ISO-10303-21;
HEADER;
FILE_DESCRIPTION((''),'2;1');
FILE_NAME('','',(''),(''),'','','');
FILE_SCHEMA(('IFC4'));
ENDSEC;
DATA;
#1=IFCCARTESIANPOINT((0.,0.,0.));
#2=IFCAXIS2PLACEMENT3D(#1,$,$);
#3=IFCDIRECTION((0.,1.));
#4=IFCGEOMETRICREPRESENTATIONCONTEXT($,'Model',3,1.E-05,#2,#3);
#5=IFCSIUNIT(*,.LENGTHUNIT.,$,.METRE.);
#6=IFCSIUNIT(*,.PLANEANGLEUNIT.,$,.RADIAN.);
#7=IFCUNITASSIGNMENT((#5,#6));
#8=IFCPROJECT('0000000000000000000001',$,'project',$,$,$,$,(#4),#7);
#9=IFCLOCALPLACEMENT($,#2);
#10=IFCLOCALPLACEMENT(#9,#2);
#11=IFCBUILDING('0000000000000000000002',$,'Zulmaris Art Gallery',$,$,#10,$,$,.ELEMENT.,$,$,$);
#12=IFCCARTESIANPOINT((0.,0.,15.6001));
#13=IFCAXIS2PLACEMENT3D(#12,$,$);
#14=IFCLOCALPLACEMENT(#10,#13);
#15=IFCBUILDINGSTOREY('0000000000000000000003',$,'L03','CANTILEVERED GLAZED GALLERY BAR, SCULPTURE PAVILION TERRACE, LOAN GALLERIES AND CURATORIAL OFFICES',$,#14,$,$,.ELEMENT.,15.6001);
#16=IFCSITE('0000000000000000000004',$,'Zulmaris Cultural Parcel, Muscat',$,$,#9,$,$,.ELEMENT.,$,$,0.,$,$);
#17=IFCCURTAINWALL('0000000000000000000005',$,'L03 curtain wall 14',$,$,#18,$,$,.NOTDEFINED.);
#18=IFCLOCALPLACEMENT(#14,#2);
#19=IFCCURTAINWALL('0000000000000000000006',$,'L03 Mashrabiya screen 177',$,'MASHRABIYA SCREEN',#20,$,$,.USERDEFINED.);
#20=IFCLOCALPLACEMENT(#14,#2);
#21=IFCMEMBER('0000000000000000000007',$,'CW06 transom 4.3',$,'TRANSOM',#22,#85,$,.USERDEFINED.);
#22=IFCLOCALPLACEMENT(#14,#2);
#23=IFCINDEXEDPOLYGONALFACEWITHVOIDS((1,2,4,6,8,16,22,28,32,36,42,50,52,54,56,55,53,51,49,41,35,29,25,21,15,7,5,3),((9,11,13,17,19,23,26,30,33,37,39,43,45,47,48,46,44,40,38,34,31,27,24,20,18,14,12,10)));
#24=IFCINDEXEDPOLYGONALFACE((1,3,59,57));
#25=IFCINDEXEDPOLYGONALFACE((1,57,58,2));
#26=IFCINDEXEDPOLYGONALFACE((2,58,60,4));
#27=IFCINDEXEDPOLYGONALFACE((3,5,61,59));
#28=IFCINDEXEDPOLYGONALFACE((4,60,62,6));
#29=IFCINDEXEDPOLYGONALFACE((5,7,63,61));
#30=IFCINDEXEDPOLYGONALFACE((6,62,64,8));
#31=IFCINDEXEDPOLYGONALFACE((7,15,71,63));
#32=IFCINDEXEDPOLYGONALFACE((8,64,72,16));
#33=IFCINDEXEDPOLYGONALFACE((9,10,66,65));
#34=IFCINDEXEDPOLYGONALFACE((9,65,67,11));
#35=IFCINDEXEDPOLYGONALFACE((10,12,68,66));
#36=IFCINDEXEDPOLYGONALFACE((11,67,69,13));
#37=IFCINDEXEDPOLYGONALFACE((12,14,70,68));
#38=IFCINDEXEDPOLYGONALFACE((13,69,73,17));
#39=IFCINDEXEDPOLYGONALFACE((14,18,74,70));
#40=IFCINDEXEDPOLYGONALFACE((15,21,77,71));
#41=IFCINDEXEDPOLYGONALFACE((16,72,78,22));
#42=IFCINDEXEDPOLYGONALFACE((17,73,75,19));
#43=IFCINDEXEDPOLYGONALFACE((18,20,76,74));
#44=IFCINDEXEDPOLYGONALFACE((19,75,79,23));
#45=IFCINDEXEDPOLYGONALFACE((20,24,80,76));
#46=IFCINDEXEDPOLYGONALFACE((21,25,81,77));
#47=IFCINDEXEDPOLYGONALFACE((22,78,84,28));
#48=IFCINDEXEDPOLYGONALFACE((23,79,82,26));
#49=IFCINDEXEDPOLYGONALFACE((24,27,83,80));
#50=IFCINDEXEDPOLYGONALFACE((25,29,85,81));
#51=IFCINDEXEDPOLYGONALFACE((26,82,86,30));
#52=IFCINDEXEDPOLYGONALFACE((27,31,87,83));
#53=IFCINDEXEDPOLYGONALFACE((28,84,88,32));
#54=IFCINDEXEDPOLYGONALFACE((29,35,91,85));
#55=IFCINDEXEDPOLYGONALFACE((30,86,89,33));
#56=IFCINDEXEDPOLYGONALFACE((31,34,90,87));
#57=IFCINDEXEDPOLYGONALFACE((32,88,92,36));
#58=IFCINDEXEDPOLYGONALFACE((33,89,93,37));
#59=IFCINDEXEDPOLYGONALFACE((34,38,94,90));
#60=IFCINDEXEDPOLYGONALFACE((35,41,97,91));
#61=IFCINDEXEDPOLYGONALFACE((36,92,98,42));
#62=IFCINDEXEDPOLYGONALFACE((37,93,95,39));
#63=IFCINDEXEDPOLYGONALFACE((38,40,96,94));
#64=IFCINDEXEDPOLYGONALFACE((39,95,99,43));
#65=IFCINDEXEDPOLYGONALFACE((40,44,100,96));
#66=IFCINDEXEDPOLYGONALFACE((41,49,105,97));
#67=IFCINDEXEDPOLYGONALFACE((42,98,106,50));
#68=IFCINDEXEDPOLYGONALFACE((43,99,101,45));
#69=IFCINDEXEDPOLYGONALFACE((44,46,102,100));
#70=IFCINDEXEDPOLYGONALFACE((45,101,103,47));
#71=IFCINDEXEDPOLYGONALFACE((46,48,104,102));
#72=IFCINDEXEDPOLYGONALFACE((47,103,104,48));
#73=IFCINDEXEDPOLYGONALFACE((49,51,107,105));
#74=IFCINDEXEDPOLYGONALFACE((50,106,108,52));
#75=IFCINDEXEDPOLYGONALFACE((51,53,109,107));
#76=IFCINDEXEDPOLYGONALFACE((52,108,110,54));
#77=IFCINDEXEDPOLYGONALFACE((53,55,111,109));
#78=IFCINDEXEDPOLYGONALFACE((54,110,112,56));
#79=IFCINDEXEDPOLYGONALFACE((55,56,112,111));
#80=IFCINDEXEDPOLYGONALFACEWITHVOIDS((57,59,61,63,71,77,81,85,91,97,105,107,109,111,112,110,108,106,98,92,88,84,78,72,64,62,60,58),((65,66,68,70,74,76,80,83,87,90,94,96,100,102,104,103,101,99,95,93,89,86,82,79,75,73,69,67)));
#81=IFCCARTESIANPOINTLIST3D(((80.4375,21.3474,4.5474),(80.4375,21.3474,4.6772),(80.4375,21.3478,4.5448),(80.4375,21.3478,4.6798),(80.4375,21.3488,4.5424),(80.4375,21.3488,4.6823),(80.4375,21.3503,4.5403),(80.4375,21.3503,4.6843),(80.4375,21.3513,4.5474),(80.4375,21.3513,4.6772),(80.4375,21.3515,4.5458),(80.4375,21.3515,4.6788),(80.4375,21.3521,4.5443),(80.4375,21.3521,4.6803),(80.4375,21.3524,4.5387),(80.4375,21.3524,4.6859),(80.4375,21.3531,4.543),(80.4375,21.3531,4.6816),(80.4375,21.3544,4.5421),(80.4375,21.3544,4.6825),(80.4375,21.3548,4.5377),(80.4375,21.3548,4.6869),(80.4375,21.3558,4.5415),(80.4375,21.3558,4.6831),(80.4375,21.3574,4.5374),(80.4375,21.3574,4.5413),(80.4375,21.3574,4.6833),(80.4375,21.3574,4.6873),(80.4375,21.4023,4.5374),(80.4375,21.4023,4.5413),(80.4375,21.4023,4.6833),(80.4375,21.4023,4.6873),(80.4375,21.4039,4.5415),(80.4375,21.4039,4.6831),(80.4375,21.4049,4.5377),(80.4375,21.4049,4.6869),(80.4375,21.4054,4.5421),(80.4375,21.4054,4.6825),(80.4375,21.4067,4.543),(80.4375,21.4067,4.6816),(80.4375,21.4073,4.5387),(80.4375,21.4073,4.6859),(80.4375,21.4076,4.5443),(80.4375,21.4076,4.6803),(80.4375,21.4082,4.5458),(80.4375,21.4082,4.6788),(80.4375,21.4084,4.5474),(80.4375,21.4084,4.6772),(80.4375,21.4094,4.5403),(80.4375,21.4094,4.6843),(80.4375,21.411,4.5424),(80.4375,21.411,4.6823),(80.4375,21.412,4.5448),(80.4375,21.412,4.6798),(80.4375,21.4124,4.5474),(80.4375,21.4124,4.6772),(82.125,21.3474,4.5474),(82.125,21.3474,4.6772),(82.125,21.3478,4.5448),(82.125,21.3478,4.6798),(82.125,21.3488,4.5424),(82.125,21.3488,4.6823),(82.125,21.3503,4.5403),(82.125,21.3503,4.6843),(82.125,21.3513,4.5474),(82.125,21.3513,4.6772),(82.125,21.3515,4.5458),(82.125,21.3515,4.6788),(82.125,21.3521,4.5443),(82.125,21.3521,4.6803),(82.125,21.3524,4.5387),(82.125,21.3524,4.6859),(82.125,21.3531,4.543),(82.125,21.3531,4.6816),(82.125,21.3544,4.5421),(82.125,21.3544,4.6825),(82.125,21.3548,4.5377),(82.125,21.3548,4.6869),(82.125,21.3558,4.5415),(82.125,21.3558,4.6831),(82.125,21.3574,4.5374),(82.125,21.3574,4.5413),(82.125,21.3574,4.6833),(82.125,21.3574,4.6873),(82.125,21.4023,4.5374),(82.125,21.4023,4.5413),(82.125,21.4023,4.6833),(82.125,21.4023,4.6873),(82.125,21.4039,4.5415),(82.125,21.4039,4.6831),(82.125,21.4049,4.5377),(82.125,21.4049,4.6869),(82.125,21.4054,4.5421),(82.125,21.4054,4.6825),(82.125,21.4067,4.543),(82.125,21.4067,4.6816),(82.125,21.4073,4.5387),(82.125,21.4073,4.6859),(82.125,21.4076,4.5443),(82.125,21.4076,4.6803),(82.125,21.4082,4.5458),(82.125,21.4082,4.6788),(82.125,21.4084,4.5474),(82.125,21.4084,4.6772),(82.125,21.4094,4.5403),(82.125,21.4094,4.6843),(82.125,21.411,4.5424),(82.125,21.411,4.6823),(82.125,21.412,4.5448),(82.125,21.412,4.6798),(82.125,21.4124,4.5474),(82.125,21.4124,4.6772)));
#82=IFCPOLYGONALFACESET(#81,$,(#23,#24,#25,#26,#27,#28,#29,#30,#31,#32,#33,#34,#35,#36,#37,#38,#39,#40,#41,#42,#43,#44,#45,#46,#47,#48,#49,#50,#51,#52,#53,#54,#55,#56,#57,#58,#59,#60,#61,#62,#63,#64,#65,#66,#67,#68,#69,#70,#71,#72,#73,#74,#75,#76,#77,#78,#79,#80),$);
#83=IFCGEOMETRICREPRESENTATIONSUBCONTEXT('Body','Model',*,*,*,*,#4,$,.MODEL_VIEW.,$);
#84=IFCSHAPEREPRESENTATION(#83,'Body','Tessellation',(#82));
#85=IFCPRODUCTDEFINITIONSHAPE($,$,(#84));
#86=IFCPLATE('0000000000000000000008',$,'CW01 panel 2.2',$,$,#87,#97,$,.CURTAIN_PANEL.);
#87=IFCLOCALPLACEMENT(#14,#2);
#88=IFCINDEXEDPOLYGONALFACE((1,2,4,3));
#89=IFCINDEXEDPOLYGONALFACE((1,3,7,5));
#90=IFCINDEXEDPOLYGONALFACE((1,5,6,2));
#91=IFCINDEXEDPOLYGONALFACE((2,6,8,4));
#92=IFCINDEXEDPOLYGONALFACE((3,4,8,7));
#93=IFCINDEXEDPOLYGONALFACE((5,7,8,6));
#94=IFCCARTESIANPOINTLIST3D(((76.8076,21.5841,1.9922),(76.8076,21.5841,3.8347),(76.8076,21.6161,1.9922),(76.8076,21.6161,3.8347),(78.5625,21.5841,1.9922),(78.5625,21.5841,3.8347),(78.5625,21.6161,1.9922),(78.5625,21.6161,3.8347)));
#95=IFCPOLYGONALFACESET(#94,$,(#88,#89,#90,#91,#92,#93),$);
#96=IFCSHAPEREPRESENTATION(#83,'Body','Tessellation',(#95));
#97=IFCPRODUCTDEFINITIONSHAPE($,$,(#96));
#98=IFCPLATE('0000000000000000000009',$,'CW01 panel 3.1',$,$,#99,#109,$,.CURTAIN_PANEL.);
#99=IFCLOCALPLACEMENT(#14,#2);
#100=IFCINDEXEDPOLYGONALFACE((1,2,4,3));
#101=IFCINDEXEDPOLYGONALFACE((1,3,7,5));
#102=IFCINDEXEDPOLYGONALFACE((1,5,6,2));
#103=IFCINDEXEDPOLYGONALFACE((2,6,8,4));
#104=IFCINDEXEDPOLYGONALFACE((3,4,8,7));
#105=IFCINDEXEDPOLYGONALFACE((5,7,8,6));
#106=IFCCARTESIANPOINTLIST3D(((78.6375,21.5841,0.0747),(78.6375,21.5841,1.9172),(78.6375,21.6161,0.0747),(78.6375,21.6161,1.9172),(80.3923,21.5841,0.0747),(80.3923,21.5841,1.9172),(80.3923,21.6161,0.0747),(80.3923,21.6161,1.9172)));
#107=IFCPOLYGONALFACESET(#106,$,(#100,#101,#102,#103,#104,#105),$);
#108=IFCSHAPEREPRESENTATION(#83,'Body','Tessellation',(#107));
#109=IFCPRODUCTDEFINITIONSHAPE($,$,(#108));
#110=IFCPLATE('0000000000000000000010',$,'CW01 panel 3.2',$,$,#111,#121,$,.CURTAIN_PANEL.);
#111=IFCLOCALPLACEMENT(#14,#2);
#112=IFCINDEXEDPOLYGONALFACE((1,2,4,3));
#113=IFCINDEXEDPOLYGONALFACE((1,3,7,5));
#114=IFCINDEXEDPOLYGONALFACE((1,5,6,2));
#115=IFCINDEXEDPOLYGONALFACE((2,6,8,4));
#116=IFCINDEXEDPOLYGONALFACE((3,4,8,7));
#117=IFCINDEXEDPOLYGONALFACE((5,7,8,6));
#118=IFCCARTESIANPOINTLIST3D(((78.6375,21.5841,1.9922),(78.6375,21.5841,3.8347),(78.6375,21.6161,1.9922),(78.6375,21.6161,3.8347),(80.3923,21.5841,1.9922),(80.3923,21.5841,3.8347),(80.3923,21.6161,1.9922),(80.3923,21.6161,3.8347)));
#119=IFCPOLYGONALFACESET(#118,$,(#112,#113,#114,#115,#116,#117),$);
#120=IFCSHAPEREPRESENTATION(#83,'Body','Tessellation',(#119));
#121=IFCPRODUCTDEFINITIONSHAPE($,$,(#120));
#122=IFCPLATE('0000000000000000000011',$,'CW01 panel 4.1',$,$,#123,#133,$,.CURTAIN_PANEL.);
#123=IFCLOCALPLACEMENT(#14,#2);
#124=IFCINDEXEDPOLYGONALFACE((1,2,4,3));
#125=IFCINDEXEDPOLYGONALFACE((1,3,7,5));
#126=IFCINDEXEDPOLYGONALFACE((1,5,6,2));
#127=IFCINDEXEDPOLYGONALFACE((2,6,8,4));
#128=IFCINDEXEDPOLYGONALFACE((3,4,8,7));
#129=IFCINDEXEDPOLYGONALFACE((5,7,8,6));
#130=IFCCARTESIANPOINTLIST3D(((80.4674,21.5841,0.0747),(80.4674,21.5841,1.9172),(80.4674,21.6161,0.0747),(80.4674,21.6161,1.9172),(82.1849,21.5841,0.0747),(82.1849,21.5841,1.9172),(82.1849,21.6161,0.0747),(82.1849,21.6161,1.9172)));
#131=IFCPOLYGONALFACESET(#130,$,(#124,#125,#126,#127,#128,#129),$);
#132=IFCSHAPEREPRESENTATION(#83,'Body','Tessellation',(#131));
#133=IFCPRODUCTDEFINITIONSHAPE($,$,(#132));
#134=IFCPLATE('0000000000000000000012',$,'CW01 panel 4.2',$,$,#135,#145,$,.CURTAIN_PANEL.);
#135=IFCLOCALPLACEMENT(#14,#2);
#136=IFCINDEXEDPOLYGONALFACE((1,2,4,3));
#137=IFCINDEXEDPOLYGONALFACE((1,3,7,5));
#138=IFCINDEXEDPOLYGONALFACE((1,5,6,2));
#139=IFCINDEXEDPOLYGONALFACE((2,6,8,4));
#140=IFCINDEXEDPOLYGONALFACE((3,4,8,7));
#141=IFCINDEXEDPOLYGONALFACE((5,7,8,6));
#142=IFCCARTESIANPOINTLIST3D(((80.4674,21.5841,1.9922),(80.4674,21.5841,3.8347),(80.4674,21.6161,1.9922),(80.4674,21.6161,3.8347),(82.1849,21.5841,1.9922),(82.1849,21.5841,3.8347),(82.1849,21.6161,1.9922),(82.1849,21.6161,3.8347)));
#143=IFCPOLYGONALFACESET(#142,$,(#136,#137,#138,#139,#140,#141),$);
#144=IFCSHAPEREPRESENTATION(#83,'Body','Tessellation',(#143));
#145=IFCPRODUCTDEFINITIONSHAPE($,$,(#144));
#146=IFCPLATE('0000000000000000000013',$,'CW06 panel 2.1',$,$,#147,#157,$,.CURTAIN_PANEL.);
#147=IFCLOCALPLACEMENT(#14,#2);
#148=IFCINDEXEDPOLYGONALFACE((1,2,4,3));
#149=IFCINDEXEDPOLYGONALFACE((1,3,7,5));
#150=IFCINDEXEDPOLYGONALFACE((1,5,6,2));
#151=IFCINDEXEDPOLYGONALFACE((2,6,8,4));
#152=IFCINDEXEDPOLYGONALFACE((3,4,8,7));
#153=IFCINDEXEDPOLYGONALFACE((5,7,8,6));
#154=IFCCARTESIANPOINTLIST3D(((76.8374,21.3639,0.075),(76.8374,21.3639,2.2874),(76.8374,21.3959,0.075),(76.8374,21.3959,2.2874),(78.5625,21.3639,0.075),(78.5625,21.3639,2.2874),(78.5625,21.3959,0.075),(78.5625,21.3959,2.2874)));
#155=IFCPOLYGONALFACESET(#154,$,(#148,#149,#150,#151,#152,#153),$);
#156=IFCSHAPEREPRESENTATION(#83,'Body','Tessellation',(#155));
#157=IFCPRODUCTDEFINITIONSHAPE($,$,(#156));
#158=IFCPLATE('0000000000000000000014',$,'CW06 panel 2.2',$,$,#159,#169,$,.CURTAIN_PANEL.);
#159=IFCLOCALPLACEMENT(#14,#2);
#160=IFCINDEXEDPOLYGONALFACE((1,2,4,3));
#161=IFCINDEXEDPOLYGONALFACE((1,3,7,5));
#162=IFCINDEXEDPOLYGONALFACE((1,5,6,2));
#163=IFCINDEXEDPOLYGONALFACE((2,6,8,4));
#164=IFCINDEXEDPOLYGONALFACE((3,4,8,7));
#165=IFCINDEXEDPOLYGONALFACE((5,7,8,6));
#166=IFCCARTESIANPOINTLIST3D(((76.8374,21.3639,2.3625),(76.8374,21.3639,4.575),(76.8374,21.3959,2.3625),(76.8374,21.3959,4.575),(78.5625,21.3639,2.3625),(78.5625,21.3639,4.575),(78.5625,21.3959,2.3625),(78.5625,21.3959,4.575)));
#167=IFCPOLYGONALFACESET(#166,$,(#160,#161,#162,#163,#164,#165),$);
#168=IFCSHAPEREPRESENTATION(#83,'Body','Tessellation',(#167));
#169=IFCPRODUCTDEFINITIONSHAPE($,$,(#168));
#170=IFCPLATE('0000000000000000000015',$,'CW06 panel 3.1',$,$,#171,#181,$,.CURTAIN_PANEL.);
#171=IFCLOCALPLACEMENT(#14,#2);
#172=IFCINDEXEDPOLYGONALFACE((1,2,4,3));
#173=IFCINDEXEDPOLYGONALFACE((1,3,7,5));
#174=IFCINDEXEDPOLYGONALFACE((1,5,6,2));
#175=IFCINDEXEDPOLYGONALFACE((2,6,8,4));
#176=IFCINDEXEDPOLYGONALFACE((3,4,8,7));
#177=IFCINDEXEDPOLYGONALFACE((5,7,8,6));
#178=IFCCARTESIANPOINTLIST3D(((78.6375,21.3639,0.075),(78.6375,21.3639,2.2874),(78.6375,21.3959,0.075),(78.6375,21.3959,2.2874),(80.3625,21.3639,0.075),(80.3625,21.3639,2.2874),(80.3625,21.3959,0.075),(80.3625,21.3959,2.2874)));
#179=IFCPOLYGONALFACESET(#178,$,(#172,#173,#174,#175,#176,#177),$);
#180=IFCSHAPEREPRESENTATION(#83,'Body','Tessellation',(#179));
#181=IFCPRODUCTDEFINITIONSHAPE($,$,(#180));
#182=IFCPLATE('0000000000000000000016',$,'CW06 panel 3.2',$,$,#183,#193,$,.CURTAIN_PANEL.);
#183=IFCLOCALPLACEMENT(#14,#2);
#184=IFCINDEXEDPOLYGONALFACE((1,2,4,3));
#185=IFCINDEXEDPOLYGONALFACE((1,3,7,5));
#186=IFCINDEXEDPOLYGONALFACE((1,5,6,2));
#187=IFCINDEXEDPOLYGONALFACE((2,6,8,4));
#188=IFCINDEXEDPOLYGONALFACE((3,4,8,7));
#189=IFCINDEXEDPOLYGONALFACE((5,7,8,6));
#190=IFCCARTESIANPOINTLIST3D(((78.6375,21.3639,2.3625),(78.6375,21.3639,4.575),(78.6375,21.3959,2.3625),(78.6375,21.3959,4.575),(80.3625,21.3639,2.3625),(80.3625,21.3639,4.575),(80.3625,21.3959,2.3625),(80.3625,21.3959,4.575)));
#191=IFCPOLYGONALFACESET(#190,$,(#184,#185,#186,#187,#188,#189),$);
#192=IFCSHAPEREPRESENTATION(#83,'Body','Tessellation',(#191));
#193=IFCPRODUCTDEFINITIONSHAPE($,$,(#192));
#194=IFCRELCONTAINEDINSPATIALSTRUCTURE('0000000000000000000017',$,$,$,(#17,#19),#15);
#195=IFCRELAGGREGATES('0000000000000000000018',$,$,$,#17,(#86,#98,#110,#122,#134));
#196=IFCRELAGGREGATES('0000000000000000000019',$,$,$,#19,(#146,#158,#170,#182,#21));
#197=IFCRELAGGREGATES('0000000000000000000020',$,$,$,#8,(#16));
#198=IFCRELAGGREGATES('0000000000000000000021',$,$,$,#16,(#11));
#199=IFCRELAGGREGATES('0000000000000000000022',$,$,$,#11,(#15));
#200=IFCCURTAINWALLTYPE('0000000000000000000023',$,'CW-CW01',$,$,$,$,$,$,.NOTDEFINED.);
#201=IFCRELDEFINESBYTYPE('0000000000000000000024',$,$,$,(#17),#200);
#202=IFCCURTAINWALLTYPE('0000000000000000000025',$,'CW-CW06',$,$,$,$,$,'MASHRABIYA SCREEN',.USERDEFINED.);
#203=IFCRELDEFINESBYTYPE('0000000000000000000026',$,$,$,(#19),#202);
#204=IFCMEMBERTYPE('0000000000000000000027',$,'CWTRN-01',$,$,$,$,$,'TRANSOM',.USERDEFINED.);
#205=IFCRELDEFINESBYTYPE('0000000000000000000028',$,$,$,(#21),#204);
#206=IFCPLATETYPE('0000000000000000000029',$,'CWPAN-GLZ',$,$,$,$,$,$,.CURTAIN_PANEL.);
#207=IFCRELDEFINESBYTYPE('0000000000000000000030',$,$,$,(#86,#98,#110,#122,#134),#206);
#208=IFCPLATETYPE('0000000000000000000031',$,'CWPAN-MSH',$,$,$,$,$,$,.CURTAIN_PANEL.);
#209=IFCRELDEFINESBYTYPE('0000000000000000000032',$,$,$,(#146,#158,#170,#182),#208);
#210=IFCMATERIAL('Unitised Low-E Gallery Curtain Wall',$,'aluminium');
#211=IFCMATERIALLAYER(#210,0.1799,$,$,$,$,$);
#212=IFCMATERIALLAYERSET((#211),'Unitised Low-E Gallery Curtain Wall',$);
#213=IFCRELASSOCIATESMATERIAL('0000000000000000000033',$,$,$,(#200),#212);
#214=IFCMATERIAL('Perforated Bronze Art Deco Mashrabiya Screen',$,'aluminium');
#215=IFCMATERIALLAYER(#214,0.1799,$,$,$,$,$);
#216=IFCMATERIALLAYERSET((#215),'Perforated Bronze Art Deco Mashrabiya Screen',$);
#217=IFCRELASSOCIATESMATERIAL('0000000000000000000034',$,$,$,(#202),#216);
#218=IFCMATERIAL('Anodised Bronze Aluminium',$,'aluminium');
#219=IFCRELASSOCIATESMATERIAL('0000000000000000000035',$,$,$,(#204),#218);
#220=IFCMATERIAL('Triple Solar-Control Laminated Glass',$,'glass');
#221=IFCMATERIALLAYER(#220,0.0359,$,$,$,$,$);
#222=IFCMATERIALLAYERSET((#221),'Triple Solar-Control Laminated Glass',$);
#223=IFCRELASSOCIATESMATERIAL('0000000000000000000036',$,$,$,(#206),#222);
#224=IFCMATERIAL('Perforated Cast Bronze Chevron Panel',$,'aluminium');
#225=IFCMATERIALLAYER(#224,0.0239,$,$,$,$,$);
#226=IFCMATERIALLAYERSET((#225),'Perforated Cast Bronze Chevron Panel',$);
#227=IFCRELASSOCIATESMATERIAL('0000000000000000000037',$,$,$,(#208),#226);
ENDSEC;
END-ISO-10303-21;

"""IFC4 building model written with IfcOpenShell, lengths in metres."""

from ifc_helpers import new_model, si_unit, direction, frame, origin, origin_2d, place, context, subcontext, project, spatial, rectangle, hollow_rectangle, extrude, material, layer, layer_set, material_profile, profile_set, type_object, element, aggregate, save


model = new_model("IFC4")

# Units and contexts
model_context = context("Model", 3, precision=1e-05, world=origin(), true_north=direction((0.0, 1.0)))
body_context = subcontext(model_context, "Body", "Model", "MODEL_VIEW")
ifc_project = project(units=[si_unit("LENGTHUNIT", "METRE"), si_unit("PLANEANGLEUNIT", "RADIAN")], contexts=[model_context])

# Site, building, storey
site_placement = place(None, origin())
site = spatial("IfcSite", under=ifc_project, at=site_placement, Name="Zulmaris Cultural Parcel, Muscat", CompositionType="ELEMENT", RefElevation=0.0)
building_placement = place(site_placement, origin())
building = spatial("IfcBuilding", under=site, at=building_placement, Name="Zulmaris Art Gallery", CompositionType="ELEMENT")
storey_placement = place(building_placement, frame((0.0, 0.0, 15.6001)))
storey = spatial("IfcBuildingStorey", under=building, at=storey_placement, Name="L03", Description="CANTILEVERED GLAZED GALLERY BAR, SCULPTURE PAVILION TERRACE, LOAN GALLERIES AND CURATORIAL OFFICES", CompositionType="ELEMENT", Elevation=15.6001)

# Curtain walls
ifc_material_1 = material(Name="Unitised Low-E Gallery Curtain Wall", Category="aluminium")
ifc_layer_1 = layer(ifc_material_1, 0.1799)
ifc_layer_set_1 = layer_set([ifc_layer_1], Name="Unitised Low-E Gallery Curtain Wall")
curtain_wall_type_1 = type_object("IfcCurtainWallType", Name="CW-CW01", PredefinedType="NOTDEFINED", material=ifc_layer_set_1)
curtain_wall_1_placement = place(storey_placement, origin())
curtain_wall_1 = element("IfcCurtainWall", 1, at=curtain_wall_1_placement, inside=storey, type_object=curtain_wall_type_1, Name="L03 curtain wall 14", PredefinedType="NOTDEFINED")
ifc_material_2 = material(Name="Anodised Bronze Aluminium", Category="aluminium")
ifc_material_3 = material(Name="Perforated Bronze Art Deco Mashrabiya Screen", Category="aluminium")
ifc_layer_2 = layer(ifc_material_3, 0.1799)
ifc_layer_set_2 = layer_set([ifc_layer_2], Name="Perforated Bronze Art Deco Mashrabiya Screen")
curtain_wall_type_2 = type_object("IfcCurtainWallType", Name="CW-CW06", ElementType="MASHRABIYA SCREEN", PredefinedType="USERDEFINED", material=ifc_layer_set_2)
curtain_wall_2_placement = place(storey_placement, origin())
curtain_wall_2 = element("IfcCurtainWall", 2, at=curtain_wall_2_placement, inside=storey, type_object=curtain_wall_type_2, Name="L03 Mashrabiya screen 177", ObjectType="MASHRABIYA SCREEN", PredefinedType="USERDEFINED")

# Member
ifc_material_profile_1 = material_profile(ifc_material_2, hollow_rectangle(XDim=0.0649, YDim=0.1499, WallThickness=0.0039, InnerFilletRadius=0.0061, OuterFilletRadius=0.01, at=origin_2d()), Name="ALU 65x150x4")
ifc_profile_set_1 = profile_set([ifc_material_profile_1], Name="Anodised Bronze Aluminium")
member_type_1 = type_object("IfcMemberType", Name="CWTRN-01", ElementType="TRANSOM", PredefinedType="USERDEFINED", material=ifc_profile_set_1)
member_1_placement = place(storey_placement, frame((80.4375, 21.3799, 4.6123), z_axis=(1.0, 0.0, 0.0), x_axis=(0.0, 1.0, 0.0)))
member_1 = element("IfcMember", 3, at=member_1_placement, type_object=member_type_1, Name="CW06 transom 4.3", ObjectType="TRANSOM", PredefinedType="USERDEFINED", context=body_context, shape_type="SweptSolid", body=[
    extrude(hollow_rectangle(XDim=0.0649, YDim=0.1499, WallThickness=0.0039, InnerFilletRadius=0.0061, OuterFilletRadius=0.01, at=origin_2d()), origin(), (0.0, 0.0, 1.0), 1.6875),
])

# Plates
ifc_material_4 = material(Name="Triple Solar-Control Laminated Glass", Category="glass")
ifc_layer_3 = layer(ifc_material_4, 0.0359)
ifc_layer_set_3 = layer_set([ifc_layer_3], Name="Triple Solar-Control Laminated Glass")
plate_type_1 = type_object("IfcPlateType", Name="CWPAN-GLZ", PredefinedType="CURTAIN_PANEL", material=ifc_layer_set_3)
plate_1_placement = place(storey_placement, frame((77.6851, 21.6001, 1.9922), z_axis=(0.0, 0.0, 1.0), x_axis=(1.0, 0.0, 0.0)))
plate_1 = element("IfcPlate", 4, at=plate_1_placement, type_object=plate_type_1, Name="CW01 panel 2.2", PredefinedType="CURTAIN_PANEL", context=body_context, shape_type="SweptSolid", body=[
    extrude(rectangle(XDim=1.7549, YDim=0.032, at=origin_2d()), origin(), (0.0, 0.0, 1.0), 1.8425),
])
plate_2_placement = place(storey_placement, frame((79.5149, 21.6001, 0.0747), z_axis=(0.0, 0.0, 1.0), x_axis=(1.0, 0.0, 0.0)))
plate_2 = element("IfcPlate", 5, at=plate_2_placement, type_object=plate_type_1, Name="CW01 panel 3.1", PredefinedType="CURTAIN_PANEL", context=body_context, shape_type="SweptSolid", body=[
    extrude(rectangle(XDim=1.7549, YDim=0.032, at=origin_2d()), origin(), (0.0, 0.0, 1.0), 1.8425),
])
plate_3_placement = place(storey_placement, frame((79.5149, 21.6001, 1.9922), z_axis=(0.0, 0.0, 1.0), x_axis=(1.0, 0.0, 0.0)))
plate_3 = element("IfcPlate", 6, at=plate_3_placement, type_object=plate_type_1, Name="CW01 panel 3.2", PredefinedType="CURTAIN_PANEL", context=body_context, shape_type="SweptSolid", body=[
    extrude(rectangle(XDim=1.7549, YDim=0.032, at=origin_2d()), origin(), (0.0, 0.0, 1.0), 1.8425),
])
plate_4_placement = place(storey_placement, frame((81.3262, 21.6001, 0.0747), z_axis=(0.0, 0.0, 1.0), x_axis=(1.0, 0.0, 0.0)))
plate_4 = element("IfcPlate", 7, at=plate_4_placement, type_object=plate_type_1, Name="CW01 panel 4.1", PredefinedType="CURTAIN_PANEL", context=body_context, shape_type="SweptSolid", body=[
    extrude(rectangle(XDim=1.7175, YDim=0.032, at=origin_2d()), origin(), (0.0, 0.0, 1.0), 1.8425),
])
plate_5_placement = place(storey_placement, frame((81.3262, 21.6001, 1.9922), z_axis=(0.0, 0.0, 1.0), x_axis=(1.0, 0.0, 0.0)))
plate_5 = element("IfcPlate", 8, at=plate_5_placement, type_object=plate_type_1, Name="CW01 panel 4.2", PredefinedType="CURTAIN_PANEL", context=body_context, shape_type="SweptSolid", body=[
    extrude(rectangle(XDim=1.7175, YDim=0.032, at=origin_2d()), origin(), (0.0, 0.0, 1.0), 1.8425),
])
aggregate(curtain_wall_1, [plate_1, plate_2, plate_3, plate_4, plate_5])
ifc_material_5 = material(Name="Perforated Cast Bronze Chevron Panel", Category="aluminium")
ifc_layer_4 = layer(ifc_material_5, 0.0239)
ifc_layer_set_4 = layer_set([ifc_layer_4], Name="Perforated Cast Bronze Chevron Panel")
plate_type_2 = type_object("IfcPlateType", Name="CWPAN-MSH", PredefinedType="CURTAIN_PANEL", material=ifc_layer_set_4)
plate_6_placement = place(storey_placement, frame((77.7, 21.3799, 0.075), z_axis=(0.0, 0.0, 1.0), x_axis=(1.0, 0.0, 0.0)))
plate_6 = element("IfcPlate", 9, at=plate_6_placement, type_object=plate_type_2, Name="CW06 panel 2.1", PredefinedType="CURTAIN_PANEL", context=body_context, shape_type="SweptSolid", body=[
    extrude(rectangle(XDim=1.7251, YDim=0.032, at=origin_2d()), origin(), (0.0, 0.0, 1.0), 2.2124),
])
plate_7_placement = place(storey_placement, frame((77.7, 21.3799, 2.3625), z_axis=(0.0, 0.0, 1.0), x_axis=(1.0, 0.0, 0.0)))
plate_7 = element("IfcPlate", 10, at=plate_7_placement, type_object=plate_type_2, Name="CW06 panel 2.2", PredefinedType="CURTAIN_PANEL", context=body_context, shape_type="SweptSolid", body=[
    extrude(rectangle(XDim=1.7251, YDim=0.032, at=origin_2d()), origin(), (0.0, 0.0, 1.0), 2.2124),
])
plate_8_placement = place(storey_placement, frame((79.5, 21.3799, 0.075), z_axis=(0.0, 0.0, 1.0), x_axis=(1.0, 0.0, 0.0)))
plate_8 = element("IfcPlate", 11, at=plate_8_placement, type_object=plate_type_2, Name="CW06 panel 3.1", PredefinedType="CURTAIN_PANEL", context=body_context, shape_type="SweptSolid", body=[
    extrude(rectangle(XDim=1.7251, YDim=0.032, at=origin_2d()), origin(), (0.0, 0.0, 1.0), 2.2124),
])
plate_9_placement = place(storey_placement, frame((79.5, 21.3799, 2.3625), z_axis=(0.0, 0.0, 1.0), x_axis=(1.0, 0.0, 0.0)))
plate_9 = element("IfcPlate", 12, at=plate_9_placement, type_object=plate_type_2, Name="CW06 panel 3.2", PredefinedType="CURTAIN_PANEL", context=body_context, shape_type="SweptSolid", body=[
    extrude(rectangle(XDim=1.7251, YDim=0.032, at=origin_2d()), origin(), (0.0, 0.0, 1.0), 2.2124),
])
aggregate(curtain_wall_2, [plate_6, plate_7, plate_8, plate_9, member_1])

save(model, "model.ifc")
